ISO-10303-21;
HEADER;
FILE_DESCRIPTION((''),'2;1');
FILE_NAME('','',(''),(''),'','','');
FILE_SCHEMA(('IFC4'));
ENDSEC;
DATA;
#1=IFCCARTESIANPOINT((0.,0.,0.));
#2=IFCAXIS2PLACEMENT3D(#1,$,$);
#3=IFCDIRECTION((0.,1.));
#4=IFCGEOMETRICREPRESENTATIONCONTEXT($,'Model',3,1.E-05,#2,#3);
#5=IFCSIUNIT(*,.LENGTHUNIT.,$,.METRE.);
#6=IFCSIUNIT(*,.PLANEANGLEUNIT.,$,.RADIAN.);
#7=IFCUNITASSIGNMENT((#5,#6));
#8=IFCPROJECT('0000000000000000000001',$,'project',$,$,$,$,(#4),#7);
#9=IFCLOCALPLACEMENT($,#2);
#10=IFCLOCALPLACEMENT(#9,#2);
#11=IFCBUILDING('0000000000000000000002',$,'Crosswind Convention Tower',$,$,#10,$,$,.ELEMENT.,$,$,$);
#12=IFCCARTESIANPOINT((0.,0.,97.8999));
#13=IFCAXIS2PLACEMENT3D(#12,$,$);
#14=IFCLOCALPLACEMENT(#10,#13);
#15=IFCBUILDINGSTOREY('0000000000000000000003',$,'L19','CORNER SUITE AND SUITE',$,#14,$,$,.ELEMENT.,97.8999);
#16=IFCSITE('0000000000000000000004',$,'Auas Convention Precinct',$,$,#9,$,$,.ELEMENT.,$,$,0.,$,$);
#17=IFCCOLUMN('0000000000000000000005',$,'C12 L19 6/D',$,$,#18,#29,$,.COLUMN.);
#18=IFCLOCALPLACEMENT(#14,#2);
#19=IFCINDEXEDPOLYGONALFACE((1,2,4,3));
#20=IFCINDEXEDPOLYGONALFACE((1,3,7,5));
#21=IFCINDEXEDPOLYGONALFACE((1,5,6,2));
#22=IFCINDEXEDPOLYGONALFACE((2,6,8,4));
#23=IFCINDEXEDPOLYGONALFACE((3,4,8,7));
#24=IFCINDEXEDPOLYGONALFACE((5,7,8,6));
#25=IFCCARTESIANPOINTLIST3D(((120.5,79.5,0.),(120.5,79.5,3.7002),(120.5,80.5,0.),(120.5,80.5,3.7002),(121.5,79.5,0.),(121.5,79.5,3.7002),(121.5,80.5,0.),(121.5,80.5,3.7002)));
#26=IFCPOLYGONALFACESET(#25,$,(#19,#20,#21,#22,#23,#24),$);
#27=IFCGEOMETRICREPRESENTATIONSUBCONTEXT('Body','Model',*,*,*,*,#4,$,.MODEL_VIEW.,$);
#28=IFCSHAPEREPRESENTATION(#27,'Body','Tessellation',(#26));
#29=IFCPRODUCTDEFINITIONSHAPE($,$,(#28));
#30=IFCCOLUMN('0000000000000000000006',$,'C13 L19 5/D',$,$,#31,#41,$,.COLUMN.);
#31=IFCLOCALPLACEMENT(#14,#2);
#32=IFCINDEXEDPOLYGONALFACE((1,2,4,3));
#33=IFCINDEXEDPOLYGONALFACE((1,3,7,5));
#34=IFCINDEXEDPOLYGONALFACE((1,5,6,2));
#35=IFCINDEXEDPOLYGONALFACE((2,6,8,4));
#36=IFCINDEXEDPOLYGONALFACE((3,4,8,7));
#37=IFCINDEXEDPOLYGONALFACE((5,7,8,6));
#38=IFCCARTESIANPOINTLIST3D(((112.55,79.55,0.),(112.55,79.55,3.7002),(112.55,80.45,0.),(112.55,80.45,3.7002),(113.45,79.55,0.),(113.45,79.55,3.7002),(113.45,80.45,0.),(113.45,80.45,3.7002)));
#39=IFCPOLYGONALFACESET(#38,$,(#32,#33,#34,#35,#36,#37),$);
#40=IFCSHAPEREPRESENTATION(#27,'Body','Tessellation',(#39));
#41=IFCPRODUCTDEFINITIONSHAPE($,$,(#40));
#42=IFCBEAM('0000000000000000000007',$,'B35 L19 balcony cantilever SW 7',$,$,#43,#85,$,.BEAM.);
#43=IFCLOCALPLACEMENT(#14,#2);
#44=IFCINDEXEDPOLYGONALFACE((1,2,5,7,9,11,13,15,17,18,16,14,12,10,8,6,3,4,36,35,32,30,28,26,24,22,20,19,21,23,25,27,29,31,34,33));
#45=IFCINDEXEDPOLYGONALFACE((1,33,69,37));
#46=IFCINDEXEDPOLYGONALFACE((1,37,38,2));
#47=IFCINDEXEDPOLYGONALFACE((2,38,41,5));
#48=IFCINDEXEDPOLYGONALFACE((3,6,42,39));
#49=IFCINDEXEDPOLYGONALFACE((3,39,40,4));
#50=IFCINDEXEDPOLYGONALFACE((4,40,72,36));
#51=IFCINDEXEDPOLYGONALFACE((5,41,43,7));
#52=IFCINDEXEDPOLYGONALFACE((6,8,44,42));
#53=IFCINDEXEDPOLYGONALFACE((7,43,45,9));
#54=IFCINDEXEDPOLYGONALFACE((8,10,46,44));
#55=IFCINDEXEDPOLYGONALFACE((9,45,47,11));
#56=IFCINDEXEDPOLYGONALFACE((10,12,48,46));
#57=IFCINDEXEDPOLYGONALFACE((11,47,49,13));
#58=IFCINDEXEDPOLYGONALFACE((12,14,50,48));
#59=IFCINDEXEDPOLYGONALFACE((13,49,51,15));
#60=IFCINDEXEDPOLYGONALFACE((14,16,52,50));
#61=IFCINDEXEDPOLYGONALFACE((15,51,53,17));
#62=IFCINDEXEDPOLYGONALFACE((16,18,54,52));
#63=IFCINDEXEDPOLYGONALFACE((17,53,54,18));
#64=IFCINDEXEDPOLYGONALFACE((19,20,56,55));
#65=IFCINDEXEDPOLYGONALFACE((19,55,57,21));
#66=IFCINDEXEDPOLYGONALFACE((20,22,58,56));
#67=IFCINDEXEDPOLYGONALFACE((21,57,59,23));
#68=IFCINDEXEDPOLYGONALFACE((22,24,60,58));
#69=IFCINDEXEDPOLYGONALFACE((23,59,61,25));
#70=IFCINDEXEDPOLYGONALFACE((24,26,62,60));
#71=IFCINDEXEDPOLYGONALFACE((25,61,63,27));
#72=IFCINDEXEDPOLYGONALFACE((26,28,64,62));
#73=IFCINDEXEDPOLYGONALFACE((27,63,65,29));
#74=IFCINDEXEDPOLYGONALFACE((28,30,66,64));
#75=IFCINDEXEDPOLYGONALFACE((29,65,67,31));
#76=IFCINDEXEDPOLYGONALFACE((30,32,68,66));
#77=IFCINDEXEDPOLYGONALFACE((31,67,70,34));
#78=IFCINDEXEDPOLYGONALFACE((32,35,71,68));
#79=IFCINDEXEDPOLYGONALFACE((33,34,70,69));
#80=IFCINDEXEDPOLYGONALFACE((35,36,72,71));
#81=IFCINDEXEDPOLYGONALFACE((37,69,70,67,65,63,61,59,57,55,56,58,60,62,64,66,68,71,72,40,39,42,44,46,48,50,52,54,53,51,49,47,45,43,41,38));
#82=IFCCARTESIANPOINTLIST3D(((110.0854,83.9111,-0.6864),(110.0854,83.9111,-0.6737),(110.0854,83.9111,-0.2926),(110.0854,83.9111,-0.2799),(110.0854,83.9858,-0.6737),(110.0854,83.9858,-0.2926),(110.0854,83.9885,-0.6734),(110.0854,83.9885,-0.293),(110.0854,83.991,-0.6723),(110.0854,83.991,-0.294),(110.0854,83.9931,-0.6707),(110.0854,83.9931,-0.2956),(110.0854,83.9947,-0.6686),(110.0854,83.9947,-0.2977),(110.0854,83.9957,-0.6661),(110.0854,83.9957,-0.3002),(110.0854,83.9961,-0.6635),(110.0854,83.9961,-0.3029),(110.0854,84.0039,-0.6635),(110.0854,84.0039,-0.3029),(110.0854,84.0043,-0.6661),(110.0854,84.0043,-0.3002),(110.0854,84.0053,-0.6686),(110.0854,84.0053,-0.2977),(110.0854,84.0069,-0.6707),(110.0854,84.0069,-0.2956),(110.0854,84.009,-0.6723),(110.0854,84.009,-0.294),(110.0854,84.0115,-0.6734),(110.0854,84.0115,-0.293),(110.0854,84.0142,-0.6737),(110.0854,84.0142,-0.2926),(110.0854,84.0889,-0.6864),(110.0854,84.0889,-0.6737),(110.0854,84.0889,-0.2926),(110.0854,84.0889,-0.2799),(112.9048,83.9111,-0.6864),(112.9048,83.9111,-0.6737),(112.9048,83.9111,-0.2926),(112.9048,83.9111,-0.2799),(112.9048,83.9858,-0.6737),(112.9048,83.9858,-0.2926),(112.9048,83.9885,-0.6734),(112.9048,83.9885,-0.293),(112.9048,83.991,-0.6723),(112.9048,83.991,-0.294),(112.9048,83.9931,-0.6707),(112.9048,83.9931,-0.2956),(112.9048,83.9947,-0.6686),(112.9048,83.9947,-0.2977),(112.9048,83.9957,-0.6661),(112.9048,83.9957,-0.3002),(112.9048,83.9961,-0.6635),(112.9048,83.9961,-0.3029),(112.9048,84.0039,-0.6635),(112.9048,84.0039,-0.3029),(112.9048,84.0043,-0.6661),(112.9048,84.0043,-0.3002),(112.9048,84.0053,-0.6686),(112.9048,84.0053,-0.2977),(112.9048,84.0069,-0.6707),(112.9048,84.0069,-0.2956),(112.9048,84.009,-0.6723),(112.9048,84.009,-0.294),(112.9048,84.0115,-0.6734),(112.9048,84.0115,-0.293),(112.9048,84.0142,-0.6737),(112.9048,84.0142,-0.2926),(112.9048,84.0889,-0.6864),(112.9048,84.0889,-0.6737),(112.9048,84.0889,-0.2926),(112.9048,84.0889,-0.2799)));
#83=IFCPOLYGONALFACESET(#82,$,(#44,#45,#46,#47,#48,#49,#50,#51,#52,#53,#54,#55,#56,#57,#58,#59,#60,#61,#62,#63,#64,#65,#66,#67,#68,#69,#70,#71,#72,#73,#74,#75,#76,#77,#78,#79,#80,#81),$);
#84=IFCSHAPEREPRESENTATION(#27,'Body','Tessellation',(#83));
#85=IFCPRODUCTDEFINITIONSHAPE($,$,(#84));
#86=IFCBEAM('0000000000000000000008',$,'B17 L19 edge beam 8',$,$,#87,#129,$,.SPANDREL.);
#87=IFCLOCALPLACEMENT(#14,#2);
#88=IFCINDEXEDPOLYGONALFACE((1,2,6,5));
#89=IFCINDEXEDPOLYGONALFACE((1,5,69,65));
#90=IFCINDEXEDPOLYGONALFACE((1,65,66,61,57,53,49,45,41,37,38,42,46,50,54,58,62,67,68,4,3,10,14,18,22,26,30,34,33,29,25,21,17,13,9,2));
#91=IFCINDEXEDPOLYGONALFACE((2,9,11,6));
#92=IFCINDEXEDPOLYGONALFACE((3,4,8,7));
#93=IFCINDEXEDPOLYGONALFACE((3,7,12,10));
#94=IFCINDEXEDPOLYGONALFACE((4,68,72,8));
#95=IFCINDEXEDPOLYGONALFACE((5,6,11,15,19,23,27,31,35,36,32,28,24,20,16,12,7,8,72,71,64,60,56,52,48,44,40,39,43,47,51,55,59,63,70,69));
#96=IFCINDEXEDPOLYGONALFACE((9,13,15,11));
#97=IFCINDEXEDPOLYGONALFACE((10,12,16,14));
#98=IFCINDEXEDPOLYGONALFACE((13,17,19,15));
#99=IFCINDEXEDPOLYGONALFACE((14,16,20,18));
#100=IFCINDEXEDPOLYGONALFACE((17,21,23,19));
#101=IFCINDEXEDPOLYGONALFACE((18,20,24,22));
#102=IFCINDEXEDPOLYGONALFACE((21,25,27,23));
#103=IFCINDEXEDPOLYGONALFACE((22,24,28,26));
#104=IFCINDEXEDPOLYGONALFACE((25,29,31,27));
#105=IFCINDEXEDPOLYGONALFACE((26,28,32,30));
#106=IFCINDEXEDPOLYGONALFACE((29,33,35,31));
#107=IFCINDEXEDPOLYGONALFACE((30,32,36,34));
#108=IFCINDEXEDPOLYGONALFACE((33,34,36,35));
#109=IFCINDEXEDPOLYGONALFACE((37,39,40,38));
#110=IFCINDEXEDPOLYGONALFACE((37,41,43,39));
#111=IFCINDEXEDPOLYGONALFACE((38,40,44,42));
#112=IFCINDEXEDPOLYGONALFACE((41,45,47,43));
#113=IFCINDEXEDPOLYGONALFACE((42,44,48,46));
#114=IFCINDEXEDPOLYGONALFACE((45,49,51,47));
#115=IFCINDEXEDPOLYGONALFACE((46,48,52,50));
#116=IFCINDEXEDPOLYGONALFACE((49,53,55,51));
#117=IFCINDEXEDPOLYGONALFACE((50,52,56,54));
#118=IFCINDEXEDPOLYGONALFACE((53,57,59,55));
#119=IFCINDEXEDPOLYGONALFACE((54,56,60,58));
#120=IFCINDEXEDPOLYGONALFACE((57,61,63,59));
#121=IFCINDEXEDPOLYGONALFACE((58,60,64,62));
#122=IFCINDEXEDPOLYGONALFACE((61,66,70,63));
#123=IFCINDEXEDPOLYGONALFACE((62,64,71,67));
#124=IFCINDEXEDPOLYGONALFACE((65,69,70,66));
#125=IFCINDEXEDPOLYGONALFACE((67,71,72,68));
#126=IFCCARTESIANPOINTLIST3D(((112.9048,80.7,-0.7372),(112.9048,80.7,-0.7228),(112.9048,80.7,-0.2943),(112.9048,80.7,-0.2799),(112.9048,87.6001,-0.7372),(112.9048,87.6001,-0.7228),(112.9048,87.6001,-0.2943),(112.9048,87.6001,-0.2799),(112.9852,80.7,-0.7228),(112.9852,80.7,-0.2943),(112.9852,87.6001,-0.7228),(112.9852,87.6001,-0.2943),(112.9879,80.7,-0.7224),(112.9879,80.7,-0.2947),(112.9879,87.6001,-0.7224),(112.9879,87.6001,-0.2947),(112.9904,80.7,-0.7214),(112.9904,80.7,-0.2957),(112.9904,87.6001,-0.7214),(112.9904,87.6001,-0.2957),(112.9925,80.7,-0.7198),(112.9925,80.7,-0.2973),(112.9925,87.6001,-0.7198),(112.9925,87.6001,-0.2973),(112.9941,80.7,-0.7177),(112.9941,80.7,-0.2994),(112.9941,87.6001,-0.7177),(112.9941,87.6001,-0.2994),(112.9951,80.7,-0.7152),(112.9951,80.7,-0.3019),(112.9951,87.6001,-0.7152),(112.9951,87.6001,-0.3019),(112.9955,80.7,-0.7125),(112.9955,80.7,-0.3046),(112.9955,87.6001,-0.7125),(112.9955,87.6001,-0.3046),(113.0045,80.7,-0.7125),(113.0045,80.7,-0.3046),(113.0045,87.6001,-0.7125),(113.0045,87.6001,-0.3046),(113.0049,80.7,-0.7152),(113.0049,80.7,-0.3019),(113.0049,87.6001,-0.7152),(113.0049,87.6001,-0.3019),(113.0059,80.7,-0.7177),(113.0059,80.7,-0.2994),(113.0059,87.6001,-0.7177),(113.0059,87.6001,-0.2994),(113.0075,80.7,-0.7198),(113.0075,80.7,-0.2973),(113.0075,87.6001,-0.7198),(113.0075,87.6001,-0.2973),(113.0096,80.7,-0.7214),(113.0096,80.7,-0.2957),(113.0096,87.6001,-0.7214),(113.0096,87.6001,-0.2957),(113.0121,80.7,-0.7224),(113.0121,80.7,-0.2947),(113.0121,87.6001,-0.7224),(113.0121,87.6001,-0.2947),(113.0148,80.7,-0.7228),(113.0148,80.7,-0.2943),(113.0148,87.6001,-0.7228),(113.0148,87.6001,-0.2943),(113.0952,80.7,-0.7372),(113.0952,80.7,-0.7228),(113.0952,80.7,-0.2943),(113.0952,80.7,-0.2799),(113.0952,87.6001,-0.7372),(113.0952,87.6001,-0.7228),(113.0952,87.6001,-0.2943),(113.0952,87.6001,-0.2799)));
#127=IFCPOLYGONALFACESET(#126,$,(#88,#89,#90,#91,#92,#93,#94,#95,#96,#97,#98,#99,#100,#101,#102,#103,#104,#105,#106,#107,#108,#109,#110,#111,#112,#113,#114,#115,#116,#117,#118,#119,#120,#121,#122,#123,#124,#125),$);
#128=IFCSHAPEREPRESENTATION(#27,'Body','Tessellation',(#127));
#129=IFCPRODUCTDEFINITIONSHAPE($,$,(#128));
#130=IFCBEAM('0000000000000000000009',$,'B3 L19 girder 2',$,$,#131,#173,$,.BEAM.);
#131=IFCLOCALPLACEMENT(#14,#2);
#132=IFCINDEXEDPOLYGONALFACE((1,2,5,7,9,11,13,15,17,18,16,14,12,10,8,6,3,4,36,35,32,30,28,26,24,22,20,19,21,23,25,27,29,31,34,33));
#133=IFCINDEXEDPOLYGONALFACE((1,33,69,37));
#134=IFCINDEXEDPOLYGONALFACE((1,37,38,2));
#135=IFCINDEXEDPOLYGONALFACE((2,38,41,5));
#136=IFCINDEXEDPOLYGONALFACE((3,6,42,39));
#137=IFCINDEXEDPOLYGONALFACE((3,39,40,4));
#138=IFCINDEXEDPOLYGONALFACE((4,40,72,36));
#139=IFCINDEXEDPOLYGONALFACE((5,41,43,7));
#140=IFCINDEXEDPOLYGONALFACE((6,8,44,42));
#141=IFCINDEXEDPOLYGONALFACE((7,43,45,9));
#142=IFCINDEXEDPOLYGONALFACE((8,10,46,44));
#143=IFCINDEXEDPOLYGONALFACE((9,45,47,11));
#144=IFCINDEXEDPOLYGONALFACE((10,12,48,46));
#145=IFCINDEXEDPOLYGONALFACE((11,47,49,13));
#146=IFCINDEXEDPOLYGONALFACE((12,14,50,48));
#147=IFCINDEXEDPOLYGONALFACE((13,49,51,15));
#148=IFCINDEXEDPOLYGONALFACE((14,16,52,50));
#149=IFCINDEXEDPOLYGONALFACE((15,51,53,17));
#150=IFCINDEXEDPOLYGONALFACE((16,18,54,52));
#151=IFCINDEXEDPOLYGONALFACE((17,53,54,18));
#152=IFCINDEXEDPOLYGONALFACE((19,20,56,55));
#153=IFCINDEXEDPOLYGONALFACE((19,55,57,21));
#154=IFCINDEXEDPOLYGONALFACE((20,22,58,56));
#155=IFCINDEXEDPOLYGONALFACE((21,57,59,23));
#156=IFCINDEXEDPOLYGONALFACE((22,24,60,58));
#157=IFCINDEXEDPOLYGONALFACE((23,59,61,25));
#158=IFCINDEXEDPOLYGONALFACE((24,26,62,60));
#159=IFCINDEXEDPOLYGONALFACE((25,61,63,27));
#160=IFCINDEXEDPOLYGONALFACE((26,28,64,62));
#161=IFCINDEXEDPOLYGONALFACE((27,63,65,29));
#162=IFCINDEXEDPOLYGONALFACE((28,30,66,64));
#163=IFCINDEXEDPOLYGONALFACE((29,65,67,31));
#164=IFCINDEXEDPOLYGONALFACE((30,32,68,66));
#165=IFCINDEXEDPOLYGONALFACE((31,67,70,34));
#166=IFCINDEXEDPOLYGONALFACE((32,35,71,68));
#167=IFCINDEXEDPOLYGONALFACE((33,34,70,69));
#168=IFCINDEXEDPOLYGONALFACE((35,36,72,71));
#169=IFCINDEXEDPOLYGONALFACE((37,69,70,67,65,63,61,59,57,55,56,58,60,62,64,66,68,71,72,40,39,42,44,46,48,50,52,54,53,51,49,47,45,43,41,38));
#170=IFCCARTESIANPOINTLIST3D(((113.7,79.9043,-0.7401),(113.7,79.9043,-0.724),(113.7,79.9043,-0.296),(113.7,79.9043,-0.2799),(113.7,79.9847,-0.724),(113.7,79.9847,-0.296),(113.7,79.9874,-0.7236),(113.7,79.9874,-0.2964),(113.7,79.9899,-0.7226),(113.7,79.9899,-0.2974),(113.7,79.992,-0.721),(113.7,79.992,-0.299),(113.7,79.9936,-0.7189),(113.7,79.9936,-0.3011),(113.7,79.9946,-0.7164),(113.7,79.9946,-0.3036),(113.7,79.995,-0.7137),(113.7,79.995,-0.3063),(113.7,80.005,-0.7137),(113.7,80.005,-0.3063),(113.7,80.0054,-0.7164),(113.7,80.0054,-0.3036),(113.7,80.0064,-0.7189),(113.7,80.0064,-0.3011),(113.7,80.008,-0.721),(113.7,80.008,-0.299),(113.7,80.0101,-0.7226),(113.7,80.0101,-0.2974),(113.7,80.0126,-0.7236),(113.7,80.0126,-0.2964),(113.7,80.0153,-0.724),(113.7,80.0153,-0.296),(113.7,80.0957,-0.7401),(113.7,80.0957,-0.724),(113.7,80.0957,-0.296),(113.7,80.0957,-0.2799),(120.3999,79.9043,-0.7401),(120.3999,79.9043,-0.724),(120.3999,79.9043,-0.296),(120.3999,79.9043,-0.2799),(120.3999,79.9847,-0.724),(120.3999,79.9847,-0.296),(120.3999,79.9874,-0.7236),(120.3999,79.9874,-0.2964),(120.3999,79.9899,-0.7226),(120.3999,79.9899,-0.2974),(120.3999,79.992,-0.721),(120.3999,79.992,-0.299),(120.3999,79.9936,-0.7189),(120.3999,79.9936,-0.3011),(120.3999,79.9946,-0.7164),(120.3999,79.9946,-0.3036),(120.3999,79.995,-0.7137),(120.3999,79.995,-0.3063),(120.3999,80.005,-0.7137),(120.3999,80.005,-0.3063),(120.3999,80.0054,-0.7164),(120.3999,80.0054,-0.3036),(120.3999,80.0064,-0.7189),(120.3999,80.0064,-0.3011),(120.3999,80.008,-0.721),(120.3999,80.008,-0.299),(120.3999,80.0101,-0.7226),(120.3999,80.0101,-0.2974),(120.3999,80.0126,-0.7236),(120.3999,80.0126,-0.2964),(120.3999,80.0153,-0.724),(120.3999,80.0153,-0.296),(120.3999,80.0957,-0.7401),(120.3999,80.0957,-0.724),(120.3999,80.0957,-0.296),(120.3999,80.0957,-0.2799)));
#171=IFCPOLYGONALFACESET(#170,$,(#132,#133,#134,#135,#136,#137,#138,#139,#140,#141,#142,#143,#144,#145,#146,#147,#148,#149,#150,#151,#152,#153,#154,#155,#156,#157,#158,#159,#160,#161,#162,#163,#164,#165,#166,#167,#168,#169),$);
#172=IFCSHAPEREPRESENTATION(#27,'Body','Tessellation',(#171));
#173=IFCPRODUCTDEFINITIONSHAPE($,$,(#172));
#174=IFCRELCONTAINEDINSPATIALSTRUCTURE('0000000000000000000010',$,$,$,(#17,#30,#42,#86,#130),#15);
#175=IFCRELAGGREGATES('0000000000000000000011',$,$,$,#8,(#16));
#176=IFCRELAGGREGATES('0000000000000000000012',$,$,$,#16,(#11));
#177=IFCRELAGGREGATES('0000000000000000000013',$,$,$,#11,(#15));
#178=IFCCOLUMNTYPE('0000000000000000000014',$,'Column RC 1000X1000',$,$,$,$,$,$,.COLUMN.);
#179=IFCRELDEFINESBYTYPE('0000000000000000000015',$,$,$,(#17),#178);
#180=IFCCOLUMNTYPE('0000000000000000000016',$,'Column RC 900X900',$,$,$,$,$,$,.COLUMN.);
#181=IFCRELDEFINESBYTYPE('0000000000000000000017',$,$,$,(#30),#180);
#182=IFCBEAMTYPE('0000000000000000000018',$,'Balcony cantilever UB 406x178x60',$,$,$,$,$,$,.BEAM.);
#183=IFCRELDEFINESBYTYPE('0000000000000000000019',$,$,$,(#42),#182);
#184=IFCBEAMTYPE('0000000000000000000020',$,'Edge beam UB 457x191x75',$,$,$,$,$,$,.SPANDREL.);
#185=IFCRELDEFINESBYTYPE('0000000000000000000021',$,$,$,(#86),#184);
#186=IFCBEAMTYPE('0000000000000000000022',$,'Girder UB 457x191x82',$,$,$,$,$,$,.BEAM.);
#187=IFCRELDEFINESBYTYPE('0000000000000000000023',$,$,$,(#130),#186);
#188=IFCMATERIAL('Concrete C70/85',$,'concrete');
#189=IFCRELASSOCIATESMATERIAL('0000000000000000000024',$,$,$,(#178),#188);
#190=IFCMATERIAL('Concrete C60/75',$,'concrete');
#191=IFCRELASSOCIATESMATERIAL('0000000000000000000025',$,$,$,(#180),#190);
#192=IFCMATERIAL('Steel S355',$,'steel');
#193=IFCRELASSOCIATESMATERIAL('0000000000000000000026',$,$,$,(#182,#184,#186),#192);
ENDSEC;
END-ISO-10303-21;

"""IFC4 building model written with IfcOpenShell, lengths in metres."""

from ifc_helpers import new_model, si_unit, direction, frame, origin, origin_2d, place, context, subcontext, project, spatial, rectangle, i_section, extrude, material, material_profile, profile_set, type_object, element, save


model = new_model("IFC4")

# Units and contexts
model_context = context("Model", 3, precision=1e-05, world=origin(), true_north=direction((0.0, 1.0)))
body_context = subcontext(model_context, "Body", "Model", "MODEL_VIEW")
ifc_project = project(units=[si_unit("LENGTHUNIT", "METRE"), si_unit("PLANEANGLEUNIT", "RADIAN")], contexts=[model_context])

# Site, building, storey
site_placement = place(None, origin())
site = spatial("IfcSite", under=ifc_project, at=site_placement, Name="Auas Convention Precinct", CompositionType="ELEMENT", RefElevation=0.0)
building_placement = place(site_placement, origin())
building = spatial("IfcBuilding", under=site, at=building_placement, Name="Crosswind Convention Tower", CompositionType="ELEMENT")
storey_placement = place(building_placement, frame((0.0, 0.0, 97.8999)))
storey = spatial("IfcBuildingStorey", under=building, at=storey_placement, Name="L19", Description="CORNER SUITE AND SUITE", CompositionType="ELEMENT", Elevation=97.8999)

# Columns
ifc_material_1 = material(Name="Concrete C70/85", Category="concrete")
ifc_material_profile_1 = material_profile(ifc_material_1, rectangle(XDim=1.0, YDim=1.0, at=origin_2d()), Name="RC 1000X1000")
ifc_profile_set_1 = profile_set([ifc_material_profile_1], Name="Concrete C70/85")
column_type_1 = type_object("IfcColumnType", Name="Column RC 1000X1000", PredefinedType="COLUMN", material=ifc_profile_set_1)
column_1_placement = place(storey_placement, frame((121.0, 80.0, 0.0), z_axis=(0.0, 0.0, 1.0), x_axis=(1.0, 0.0, 0.0)))
element("IfcColumn", 1, at=column_1_placement, inside=storey, type_object=column_type_1, Name="C12 L19 6/D", PredefinedType="COLUMN", context=body_context, shape_type="SweptSolid", body=[
    extrude(rectangle(XDim=1.0, YDim=1.0, at=origin_2d()), origin(), (0.0, 0.0, 1.0), 3.7002),
])
ifc_material_2 = material(Name="Concrete C60/75", Category="concrete")
ifc_material_profile_2 = material_profile(ifc_material_2, rectangle(XDim=0.8999, YDim=0.8999, at=origin_2d()), Name="RC 900X900")
ifc_profile_set_2 = profile_set([ifc_material_profile_2], Name="Concrete C60/75")
column_type_2 = type_object("IfcColumnType", Name="Column RC 900X900", PredefinedType="COLUMN", material=ifc_profile_set_2)
column_2_placement = place(storey_placement, frame((113.0, 80.0, 0.0), z_axis=(0.0, 0.0, 1.0), x_axis=(1.0, 0.0, 0.0)))
element("IfcColumn", 2, at=column_2_placement, inside=storey, type_object=column_type_2, Name="C13 L19 5/D", PredefinedType="COLUMN", context=body_context, shape_type="SweptSolid", body=[
    extrude(rectangle(XDim=0.8999, YDim=0.8999, at=origin_2d()), origin(), (0.0, 0.0, 1.0), 3.7002),
])

# Beams
ifc_material_3 = material(Name="Steel S355", Category="steel")
ifc_material_profile_3 = material_profile(ifc_material_3, i_section(OverallWidth=0.1777, OverallDepth=0.4065, WebThickness=0.0078, FlangeThickness=0.0127, FilletRadius=0.0103, at=origin_2d()), Name="UB 406x178x60")
ifc_profile_set_3 = profile_set([ifc_material_profile_3], Name="Steel S355")
beam_type_1 = type_object("IfcBeamType", Name="Balcony cantilever UB 406x178x60", PredefinedType="BEAM", material=ifc_profile_set_3)
beam_1_placement = place(storey_placement, frame((112.9048, 84.0, -0.4832), z_axis=(-1.0, 0.0, 0.0), x_axis=(0.0, -1.0, 0.0)))
element("IfcBeam", 3, at=beam_1_placement, inside=storey, type_object=beam_type_1, Name="B35 L19 balcony cantilever SW 7", PredefinedType="BEAM", context=body_context, shape_type="SweptSolid", body=[
    extrude(i_section(OverallWidth=0.1777, OverallDepth=0.4065, WebThickness=0.0078, FlangeThickness=0.0127, FilletRadius=0.0103, at=origin_2d()), origin(), (0.0, 0.0, 1.0), 2.8193),
])
ifc_material_profile_4 = material_profile(ifc_material_3, i_section(OverallWidth=0.1904, OverallDepth=0.4573, WebThickness=0.009, FlangeThickness=0.0144, FilletRadius=0.0103, at=origin_2d()), Name="UB 457x191x75")
ifc_profile_set_4 = profile_set([ifc_material_profile_4], Name="Steel S355")
beam_type_2 = type_object("IfcBeamType", Name="Edge beam UB 457x191x75", PredefinedType="SPANDREL", material=ifc_profile_set_4)
beam_2_placement = place(storey_placement, frame((113.0, 80.7, -0.5085), z_axis=(0.0, 1.0, 0.0), x_axis=(-1.0, 0.0, 0.0)))
element("IfcBeam", 4, at=beam_2_placement, inside=storey, type_object=beam_type_2, Name="B17 L19 edge beam 8", PredefinedType="SPANDREL", context=body_context, shape_type="SweptSolid", body=[
    extrude(i_section(OverallWidth=0.1904, OverallDepth=0.4573, WebThickness=0.009, FlangeThickness=0.0144, FilletRadius=0.0103, at=origin_2d()), origin(), (0.0, 0.0, 1.0), 6.9001),
])
ifc_material_profile_5 = material_profile(ifc_material_3, i_section(OverallWidth=0.1914, OverallDepth=0.4602, WebThickness=0.01, FlangeThickness=0.0161, FilletRadius=0.0103, at=origin_2d()), Name="UB 457x191x82")
ifc_profile_set_5 = profile_set([ifc_material_profile_5], Name="Steel S355")
beam_type_3 = type_object("IfcBeamType", Name="Girder UB 457x191x82", PredefinedType="BEAM", material=ifc_profile_set_5)
beam_3_placement = place(storey_placement, frame((113.7, 80.0, -0.51), z_axis=(1.0, 0.0, 0.0), x_axis=(0.0, 1.0, 0.0)))
element("IfcBeam", 5, at=beam_3_placement, inside=storey, type_object=beam_type_3, Name="B3 L19 girder 2", PredefinedType="BEAM", context=body_context, shape_type="SweptSolid", body=[
    extrude(i_section(OverallWidth=0.1914, OverallDepth=0.4602, WebThickness=0.01, FlangeThickness=0.0161, FilletRadius=0.0103, at=origin_2d()), origin(), (0.0, 0.0, 1.0), 6.7),
])

save(model, "model.ifc")
